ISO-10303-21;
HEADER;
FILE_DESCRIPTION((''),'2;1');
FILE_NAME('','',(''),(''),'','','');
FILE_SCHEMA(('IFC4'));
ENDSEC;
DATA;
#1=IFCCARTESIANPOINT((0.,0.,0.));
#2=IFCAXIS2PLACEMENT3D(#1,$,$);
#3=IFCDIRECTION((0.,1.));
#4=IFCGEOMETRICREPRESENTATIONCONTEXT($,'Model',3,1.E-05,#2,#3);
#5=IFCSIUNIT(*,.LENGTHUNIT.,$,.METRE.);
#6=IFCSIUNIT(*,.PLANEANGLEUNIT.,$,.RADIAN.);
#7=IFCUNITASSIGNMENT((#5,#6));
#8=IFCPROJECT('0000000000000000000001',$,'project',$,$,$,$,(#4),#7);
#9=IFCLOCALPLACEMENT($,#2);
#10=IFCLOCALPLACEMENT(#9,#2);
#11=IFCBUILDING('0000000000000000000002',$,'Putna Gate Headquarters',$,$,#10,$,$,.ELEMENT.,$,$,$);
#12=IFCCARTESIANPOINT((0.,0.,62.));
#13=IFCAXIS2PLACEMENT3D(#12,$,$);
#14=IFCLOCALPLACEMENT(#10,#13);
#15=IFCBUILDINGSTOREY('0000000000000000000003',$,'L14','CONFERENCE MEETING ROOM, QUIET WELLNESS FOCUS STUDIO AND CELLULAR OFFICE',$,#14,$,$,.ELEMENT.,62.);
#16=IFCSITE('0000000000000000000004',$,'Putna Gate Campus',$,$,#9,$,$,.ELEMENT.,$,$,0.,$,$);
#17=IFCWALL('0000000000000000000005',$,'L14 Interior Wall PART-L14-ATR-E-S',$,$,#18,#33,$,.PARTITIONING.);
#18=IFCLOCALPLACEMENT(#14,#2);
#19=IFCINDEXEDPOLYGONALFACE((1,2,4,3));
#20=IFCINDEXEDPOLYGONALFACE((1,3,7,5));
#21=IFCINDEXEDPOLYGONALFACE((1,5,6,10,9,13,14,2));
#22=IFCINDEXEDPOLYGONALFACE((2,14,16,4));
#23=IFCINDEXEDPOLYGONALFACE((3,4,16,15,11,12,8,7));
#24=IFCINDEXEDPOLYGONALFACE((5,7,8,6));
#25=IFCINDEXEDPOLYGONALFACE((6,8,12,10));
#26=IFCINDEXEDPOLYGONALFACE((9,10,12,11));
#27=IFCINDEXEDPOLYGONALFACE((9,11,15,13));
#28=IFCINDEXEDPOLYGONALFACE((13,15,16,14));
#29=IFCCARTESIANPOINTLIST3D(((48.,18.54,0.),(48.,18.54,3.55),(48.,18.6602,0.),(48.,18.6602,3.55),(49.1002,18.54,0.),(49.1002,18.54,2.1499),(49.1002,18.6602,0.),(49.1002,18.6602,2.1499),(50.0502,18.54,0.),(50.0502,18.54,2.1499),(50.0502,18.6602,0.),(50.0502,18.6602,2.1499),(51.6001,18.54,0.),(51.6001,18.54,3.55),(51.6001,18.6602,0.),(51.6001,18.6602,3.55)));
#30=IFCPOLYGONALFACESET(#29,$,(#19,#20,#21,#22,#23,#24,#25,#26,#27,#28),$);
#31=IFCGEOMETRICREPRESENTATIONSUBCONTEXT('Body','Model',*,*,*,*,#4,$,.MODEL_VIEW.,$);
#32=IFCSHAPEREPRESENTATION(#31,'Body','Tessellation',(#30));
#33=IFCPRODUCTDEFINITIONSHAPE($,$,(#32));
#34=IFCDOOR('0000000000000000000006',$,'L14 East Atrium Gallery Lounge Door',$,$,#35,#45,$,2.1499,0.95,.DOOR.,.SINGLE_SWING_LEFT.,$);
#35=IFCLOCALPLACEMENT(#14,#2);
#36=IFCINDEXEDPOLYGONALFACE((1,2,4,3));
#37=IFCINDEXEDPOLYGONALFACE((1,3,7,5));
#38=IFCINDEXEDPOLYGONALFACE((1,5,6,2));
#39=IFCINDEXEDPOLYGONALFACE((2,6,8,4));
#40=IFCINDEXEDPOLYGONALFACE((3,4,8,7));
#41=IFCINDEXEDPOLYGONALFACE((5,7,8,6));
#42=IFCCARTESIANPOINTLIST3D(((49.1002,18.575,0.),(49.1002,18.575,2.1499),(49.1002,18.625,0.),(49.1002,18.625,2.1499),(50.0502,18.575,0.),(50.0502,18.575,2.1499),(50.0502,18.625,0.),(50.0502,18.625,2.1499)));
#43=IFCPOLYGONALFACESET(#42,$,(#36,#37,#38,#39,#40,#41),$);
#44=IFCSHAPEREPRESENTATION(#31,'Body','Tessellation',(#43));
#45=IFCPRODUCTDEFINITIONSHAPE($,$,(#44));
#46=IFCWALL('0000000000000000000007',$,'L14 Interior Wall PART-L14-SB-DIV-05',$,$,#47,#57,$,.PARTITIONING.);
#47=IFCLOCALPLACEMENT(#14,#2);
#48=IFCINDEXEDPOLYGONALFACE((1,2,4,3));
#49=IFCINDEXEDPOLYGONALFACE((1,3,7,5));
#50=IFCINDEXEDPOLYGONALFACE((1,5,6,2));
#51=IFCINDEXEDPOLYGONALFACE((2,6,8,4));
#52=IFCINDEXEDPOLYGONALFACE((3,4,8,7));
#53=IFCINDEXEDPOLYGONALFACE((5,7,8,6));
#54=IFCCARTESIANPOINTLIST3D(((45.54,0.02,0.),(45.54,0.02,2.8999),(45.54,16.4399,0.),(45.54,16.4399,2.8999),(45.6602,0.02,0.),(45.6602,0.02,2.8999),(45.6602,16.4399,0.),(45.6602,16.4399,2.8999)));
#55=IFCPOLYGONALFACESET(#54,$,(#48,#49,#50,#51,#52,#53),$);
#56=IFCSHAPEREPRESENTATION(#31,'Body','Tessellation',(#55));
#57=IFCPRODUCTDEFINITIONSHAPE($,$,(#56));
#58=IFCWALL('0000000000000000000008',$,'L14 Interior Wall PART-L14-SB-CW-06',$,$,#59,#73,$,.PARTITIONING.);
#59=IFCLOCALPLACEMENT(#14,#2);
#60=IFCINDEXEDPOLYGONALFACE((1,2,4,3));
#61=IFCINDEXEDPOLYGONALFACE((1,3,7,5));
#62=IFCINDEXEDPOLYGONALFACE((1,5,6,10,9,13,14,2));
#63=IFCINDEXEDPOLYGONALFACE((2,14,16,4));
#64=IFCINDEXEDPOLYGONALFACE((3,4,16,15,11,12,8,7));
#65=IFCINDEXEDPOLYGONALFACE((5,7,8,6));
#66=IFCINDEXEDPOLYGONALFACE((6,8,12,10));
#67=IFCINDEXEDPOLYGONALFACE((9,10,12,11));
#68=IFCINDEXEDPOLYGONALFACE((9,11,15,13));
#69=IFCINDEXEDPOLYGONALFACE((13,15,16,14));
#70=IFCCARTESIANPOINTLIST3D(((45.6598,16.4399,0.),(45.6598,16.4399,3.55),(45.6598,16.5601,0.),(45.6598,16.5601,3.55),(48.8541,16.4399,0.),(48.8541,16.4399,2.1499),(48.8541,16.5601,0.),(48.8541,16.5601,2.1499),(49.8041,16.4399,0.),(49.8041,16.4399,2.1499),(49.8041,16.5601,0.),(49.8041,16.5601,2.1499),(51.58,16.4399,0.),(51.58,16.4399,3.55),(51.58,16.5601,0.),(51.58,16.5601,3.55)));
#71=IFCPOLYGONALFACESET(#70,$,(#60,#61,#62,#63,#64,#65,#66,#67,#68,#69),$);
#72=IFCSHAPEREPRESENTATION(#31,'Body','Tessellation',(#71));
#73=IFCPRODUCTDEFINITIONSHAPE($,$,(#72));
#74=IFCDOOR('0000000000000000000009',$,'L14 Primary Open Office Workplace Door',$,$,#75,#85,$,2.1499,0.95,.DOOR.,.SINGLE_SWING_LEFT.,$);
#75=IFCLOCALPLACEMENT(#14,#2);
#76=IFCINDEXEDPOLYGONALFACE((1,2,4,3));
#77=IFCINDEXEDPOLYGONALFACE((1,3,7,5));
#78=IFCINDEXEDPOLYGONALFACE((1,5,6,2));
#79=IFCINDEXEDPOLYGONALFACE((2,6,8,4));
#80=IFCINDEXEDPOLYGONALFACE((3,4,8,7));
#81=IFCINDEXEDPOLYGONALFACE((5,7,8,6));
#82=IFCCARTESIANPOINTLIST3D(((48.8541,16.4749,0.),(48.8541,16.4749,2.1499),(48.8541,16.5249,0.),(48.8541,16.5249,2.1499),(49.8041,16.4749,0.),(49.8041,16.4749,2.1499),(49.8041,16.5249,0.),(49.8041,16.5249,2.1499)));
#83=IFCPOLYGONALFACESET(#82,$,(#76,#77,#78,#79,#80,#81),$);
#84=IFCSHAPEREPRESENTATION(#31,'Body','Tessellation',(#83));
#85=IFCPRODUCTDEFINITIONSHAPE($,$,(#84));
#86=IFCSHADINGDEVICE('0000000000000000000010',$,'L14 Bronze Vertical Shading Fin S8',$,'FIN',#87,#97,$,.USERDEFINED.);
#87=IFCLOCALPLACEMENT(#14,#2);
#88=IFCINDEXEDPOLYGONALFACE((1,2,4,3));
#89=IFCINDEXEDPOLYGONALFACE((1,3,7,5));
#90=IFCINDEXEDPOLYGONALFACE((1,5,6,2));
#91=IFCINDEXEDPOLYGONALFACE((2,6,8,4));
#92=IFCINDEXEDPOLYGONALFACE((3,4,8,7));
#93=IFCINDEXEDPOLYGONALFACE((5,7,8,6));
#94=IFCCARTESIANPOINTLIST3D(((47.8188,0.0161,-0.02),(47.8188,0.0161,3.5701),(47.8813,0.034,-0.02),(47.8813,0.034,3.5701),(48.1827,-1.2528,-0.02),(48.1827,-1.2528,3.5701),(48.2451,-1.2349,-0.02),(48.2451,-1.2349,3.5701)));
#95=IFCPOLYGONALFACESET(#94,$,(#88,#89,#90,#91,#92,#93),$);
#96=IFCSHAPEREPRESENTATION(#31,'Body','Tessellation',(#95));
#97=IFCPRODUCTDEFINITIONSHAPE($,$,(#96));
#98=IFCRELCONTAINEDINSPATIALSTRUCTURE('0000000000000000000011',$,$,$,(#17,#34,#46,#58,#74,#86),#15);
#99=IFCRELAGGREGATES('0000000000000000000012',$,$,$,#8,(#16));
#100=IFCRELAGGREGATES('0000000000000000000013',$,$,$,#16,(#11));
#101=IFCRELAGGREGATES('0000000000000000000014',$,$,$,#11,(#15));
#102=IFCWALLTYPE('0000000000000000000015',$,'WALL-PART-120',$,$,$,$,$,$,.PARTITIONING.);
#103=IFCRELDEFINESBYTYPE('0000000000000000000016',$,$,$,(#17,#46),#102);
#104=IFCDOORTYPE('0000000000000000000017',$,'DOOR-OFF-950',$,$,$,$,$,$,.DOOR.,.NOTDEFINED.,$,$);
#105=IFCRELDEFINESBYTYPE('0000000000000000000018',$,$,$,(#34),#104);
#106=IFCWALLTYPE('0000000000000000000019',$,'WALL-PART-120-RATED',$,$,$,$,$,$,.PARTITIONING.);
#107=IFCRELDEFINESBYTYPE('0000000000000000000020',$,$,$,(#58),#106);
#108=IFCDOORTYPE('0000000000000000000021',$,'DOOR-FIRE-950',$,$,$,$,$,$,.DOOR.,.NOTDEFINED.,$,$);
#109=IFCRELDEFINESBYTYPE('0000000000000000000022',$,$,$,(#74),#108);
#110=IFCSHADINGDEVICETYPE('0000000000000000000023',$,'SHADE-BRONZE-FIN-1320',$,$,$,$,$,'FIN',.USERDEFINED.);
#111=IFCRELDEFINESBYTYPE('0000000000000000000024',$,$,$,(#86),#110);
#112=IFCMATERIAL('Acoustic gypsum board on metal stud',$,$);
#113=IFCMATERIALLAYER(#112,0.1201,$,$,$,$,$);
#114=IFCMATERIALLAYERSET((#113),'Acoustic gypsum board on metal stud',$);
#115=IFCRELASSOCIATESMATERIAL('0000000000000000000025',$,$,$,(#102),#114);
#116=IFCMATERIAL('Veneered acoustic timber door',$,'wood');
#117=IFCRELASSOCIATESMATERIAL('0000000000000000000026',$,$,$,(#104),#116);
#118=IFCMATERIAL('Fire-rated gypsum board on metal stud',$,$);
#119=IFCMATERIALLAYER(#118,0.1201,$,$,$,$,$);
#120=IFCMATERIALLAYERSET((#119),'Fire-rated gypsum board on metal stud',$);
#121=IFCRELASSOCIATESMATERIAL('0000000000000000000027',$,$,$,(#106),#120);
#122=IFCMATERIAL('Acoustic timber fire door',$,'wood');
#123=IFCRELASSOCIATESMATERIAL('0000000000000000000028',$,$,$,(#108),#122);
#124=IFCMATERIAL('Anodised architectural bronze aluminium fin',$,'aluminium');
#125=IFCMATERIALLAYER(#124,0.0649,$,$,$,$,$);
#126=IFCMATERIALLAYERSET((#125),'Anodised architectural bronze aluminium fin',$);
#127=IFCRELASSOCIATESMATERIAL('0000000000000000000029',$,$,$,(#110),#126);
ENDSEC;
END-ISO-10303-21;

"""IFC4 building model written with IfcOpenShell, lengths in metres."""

from ifc_helpers import new_model, si_unit, direction, frame, frame_2d, origin, origin_2d, place, context, subcontext, project, spatial, rectangle, extrude, material, layer, layer_set, type_object, element, fill, save


model = new_model("IFC4")

# Units and contexts
model_context = context("Model", 3, precision=1e-05, world=origin(), true_north=direction((0.0, 1.0)))
body_context = subcontext(model_context, "Body", "Model", "MODEL_VIEW")
ifc_project = project(units=[si_unit("LENGTHUNIT", "METRE"), si_unit("PLANEANGLEUNIT", "RADIAN")], contexts=[model_context])

# Site, building, storey
site_placement = place(None, origin())
site = spatial("IfcSite", under=ifc_project, at=site_placement, Name="Putna Gate Campus", CompositionType="ELEMENT", RefElevation=0.0)
building_placement = place(site_placement, origin())
building = spatial("IfcBuilding", under=site, at=building_placement, Name="Putna Gate Headquarters", CompositionType="ELEMENT")
storey_placement = place(building_placement, frame((0.0, 0.0, 62.0)))
storey = spatial("IfcBuildingStorey", under=building, at=storey_placement, Name="L14", Description="CONFERENCE MEETING ROOM, QUIET WELLNESS FOCUS STUDIO AND CELLULAR OFFICE", CompositionType="ELEMENT", Elevation=62.0)

# Wall, opening, door
ifc_material_1 = material(Name="Acoustic gypsum board on metal stud")
ifc_layer_1 = layer(ifc_material_1, 0.1201)
ifc_layer_set_1 = layer_set([ifc_layer_1], Name="Acoustic gypsum board on metal stud")
wall_type_1 = type_object("IfcWallType", Name="WALL-PART-120", PredefinedType="PARTITIONING", material=ifc_layer_set_1)
wall_1_placement = place(storey_placement, frame((48.0, 18.6001, 0.0), z_axis=(0.0, 0.0, 1.0), x_axis=(1.0, 0.0, 0.0)))
wall_1 = element("IfcWall", 1, at=wall_1_placement, inside=storey, type_object=wall_type_1, Name="L14 Interior Wall PART-L14-ATR-E-S", PredefinedType="PARTITIONING", context=body_context, shape_type="SweptSolid", body=[
    extrude(rectangle(XDim=3.6001, YDim=0.1201, at=frame_2d((1.8, 0.0))), origin(), (0.0, 0.0, 1.0), 3.55),
])
opening_1_placement = place(wall_1_placement, frame((1.1001, 0.0, 0.0)))
opening_1 = element("IfcOpeningElement", 2, at=opening_1_placement, cuts=wall_1, PredefinedType="OPENING", context=body_context, shape_type="SweptSolid", body=[
    extrude(rectangle(XDim=0.95, YDim=2.1499, at=frame_2d((0.4751, 1.075))), frame((0.0, 0.0701, 0.0), z_axis=(0.0, -1.0, 0.0), x_axis=(1.0, 0.0, 0.0)), (0.0, 0.0, 1.0), 0.1401),
])
ifc_material_2 = material(Name="Veneered acoustic timber door", Category="wood")
door_type_1 = type_object("IfcDoorType", Name="DOOR-OFF-950", OperationType="NOTDEFINED", PredefinedType="DOOR", material=ifc_material_2)
door_1_placement = place(opening_1_placement, origin())
door_1 = element("IfcDoor", 3, at=door_1_placement, inside=storey, type_object=door_type_1, Name="L14 East Atrium Gallery Lounge Door", OperationType="SINGLE_SWING_LEFT", OverallHeight=2.1499, OverallWidth=0.95, PredefinedType="DOOR", context=body_context, shape_type="SweptSolid", body=[
    extrude(rectangle(XDim=0.95, YDim=2.1499, at=frame_2d((0.4751, 1.075))), frame((0.0, 0.0249, 0.0), z_axis=(0.0, -1.0, 0.0), x_axis=(1.0, 0.0, 0.0)), (0.0, 0.0, 1.0), 0.05),
])
fill(opening_1, door_1)

# Wall
wall_2_placement = place(storey_placement, frame((45.6001, 0.02, 0.0), z_axis=(0.0, 0.0, 1.0), x_axis=(0.0, 1.0, 0.0)))
element("IfcWall", 4, at=wall_2_placement, inside=storey, type_object=wall_type_1, Name="L14 Interior Wall PART-L14-SB-DIV-05", PredefinedType="PARTITIONING", context=body_context, shape_type="SweptSolid", body=[
    extrude(rectangle(XDim=16.4199, YDim=0.1201, at=frame_2d((8.21, 0.0))), origin(), (0.0, 0.0, 1.0), 2.8999),
])

# Wall, opening, door
ifc_material_3 = material(Name="Fire-rated gypsum board on metal stud")
ifc_layer_2 = layer(ifc_material_3, 0.1201)
ifc_layer_set_2 = layer_set([ifc_layer_2], Name="Fire-rated gypsum board on metal stud")
wall_type_2 = type_object("IfcWallType", Name="WALL-PART-120-RATED", PredefinedType="PARTITIONING", material=ifc_layer_set_2)
wall_3_placement = place(storey_placement, frame((45.6599, 16.5, 0.0), z_axis=(0.0, 0.0, 1.0), x_axis=(1.0, 0.0, 0.0)))
wall_3 = element("IfcWall", 5, at=wall_3_placement, inside=storey, type_object=wall_type_2, Name="L14 Interior Wall PART-L14-SB-CW-06", PredefinedType="PARTITIONING", context=body_context, shape_type="SweptSolid", body=[
    extrude(rectangle(XDim=5.9202, YDim=0.1201, at=frame_2d((2.96, 0.0))), origin(), (0.0, 0.0, 1.0), 3.55),
])
opening_2_placement = place(wall_3_placement, frame((3.1941, 0.0, 0.0)))
opening_2 = element("IfcOpeningElement", 6, at=opening_2_placement, cuts=wall_3, PredefinedType="OPENING", context=body_context, shape_type="SweptSolid", body=[
    extrude(rectangle(XDim=0.95, YDim=2.1499, at=frame_2d((0.4751, 1.075))), frame((0.0, 0.0701, 0.0), z_axis=(0.0, -1.0, 0.0), x_axis=(1.0, 0.0, 0.0)), (0.0, 0.0, 1.0), 0.1401),
])
ifc_material_4 = material(Name="Acoustic timber fire door", Category="wood")
door_type_2 = type_object("IfcDoorType", Name="DOOR-FIRE-950", OperationType="NOTDEFINED", PredefinedType="DOOR", material=ifc_material_4)
door_2_placement = place(opening_2_placement, origin())
door_2 = element("IfcDoor", 7, at=door_2_placement, inside=storey, type_object=door_type_2, Name="L14 Primary Open Office Workplace Door", OperationType="SINGLE_SWING_LEFT", OverallHeight=2.1499, OverallWidth=0.95, PredefinedType="DOOR", context=body_context, shape_type="SweptSolid", body=[
    extrude(rectangle(XDim=0.95, YDim=2.1499, at=frame_2d((0.4751, 1.075))), frame((0.0, 0.0249, 0.0), z_axis=(0.0, -1.0, 0.0), x_axis=(1.0, 0.0, 0.0)), (0.0, 0.0, 1.0), 0.05),
])
fill(opening_2, door_2)

# Shading device
ifc_material_5 = material(Name="Anodised architectural bronze aluminium fin", Category="aluminium")
ifc_layer_3 = layer(ifc_material_5, 0.0649)
ifc_layer_set_3 = layer_set([ifc_layer_3], Name="Anodised architectural bronze aluminium fin")
shading_device_type = type_object("IfcShadingDeviceType", Name="SHADE-BRONZE-FIN-1320", ElementType="FIN", PredefinedType="USERDEFINED", material=ifc_layer_set_3)
shading_device_placement = place(storey_placement, frame((48.032, -0.6094, -0.02), z_axis=(0.0, 0.0, 1.0), x_axis=(0.275637, -0.961262, 0.0)))
element("IfcShadingDevice", 8, at=shading_device_placement, inside=storey, type_object=shading_device_type, Name="L14 Bronze Vertical Shading Fin S8", ObjectType="FIN", PredefinedType="USERDEFINED", context=body_context, shape_type="SweptSolid", body=[
    extrude(rectangle(XDim=1.3201, YDim=0.0649, at=origin_2d()), origin(), (0.0, 0.0, 1.0), 3.5901),
])

save(model, "model.ifc")
